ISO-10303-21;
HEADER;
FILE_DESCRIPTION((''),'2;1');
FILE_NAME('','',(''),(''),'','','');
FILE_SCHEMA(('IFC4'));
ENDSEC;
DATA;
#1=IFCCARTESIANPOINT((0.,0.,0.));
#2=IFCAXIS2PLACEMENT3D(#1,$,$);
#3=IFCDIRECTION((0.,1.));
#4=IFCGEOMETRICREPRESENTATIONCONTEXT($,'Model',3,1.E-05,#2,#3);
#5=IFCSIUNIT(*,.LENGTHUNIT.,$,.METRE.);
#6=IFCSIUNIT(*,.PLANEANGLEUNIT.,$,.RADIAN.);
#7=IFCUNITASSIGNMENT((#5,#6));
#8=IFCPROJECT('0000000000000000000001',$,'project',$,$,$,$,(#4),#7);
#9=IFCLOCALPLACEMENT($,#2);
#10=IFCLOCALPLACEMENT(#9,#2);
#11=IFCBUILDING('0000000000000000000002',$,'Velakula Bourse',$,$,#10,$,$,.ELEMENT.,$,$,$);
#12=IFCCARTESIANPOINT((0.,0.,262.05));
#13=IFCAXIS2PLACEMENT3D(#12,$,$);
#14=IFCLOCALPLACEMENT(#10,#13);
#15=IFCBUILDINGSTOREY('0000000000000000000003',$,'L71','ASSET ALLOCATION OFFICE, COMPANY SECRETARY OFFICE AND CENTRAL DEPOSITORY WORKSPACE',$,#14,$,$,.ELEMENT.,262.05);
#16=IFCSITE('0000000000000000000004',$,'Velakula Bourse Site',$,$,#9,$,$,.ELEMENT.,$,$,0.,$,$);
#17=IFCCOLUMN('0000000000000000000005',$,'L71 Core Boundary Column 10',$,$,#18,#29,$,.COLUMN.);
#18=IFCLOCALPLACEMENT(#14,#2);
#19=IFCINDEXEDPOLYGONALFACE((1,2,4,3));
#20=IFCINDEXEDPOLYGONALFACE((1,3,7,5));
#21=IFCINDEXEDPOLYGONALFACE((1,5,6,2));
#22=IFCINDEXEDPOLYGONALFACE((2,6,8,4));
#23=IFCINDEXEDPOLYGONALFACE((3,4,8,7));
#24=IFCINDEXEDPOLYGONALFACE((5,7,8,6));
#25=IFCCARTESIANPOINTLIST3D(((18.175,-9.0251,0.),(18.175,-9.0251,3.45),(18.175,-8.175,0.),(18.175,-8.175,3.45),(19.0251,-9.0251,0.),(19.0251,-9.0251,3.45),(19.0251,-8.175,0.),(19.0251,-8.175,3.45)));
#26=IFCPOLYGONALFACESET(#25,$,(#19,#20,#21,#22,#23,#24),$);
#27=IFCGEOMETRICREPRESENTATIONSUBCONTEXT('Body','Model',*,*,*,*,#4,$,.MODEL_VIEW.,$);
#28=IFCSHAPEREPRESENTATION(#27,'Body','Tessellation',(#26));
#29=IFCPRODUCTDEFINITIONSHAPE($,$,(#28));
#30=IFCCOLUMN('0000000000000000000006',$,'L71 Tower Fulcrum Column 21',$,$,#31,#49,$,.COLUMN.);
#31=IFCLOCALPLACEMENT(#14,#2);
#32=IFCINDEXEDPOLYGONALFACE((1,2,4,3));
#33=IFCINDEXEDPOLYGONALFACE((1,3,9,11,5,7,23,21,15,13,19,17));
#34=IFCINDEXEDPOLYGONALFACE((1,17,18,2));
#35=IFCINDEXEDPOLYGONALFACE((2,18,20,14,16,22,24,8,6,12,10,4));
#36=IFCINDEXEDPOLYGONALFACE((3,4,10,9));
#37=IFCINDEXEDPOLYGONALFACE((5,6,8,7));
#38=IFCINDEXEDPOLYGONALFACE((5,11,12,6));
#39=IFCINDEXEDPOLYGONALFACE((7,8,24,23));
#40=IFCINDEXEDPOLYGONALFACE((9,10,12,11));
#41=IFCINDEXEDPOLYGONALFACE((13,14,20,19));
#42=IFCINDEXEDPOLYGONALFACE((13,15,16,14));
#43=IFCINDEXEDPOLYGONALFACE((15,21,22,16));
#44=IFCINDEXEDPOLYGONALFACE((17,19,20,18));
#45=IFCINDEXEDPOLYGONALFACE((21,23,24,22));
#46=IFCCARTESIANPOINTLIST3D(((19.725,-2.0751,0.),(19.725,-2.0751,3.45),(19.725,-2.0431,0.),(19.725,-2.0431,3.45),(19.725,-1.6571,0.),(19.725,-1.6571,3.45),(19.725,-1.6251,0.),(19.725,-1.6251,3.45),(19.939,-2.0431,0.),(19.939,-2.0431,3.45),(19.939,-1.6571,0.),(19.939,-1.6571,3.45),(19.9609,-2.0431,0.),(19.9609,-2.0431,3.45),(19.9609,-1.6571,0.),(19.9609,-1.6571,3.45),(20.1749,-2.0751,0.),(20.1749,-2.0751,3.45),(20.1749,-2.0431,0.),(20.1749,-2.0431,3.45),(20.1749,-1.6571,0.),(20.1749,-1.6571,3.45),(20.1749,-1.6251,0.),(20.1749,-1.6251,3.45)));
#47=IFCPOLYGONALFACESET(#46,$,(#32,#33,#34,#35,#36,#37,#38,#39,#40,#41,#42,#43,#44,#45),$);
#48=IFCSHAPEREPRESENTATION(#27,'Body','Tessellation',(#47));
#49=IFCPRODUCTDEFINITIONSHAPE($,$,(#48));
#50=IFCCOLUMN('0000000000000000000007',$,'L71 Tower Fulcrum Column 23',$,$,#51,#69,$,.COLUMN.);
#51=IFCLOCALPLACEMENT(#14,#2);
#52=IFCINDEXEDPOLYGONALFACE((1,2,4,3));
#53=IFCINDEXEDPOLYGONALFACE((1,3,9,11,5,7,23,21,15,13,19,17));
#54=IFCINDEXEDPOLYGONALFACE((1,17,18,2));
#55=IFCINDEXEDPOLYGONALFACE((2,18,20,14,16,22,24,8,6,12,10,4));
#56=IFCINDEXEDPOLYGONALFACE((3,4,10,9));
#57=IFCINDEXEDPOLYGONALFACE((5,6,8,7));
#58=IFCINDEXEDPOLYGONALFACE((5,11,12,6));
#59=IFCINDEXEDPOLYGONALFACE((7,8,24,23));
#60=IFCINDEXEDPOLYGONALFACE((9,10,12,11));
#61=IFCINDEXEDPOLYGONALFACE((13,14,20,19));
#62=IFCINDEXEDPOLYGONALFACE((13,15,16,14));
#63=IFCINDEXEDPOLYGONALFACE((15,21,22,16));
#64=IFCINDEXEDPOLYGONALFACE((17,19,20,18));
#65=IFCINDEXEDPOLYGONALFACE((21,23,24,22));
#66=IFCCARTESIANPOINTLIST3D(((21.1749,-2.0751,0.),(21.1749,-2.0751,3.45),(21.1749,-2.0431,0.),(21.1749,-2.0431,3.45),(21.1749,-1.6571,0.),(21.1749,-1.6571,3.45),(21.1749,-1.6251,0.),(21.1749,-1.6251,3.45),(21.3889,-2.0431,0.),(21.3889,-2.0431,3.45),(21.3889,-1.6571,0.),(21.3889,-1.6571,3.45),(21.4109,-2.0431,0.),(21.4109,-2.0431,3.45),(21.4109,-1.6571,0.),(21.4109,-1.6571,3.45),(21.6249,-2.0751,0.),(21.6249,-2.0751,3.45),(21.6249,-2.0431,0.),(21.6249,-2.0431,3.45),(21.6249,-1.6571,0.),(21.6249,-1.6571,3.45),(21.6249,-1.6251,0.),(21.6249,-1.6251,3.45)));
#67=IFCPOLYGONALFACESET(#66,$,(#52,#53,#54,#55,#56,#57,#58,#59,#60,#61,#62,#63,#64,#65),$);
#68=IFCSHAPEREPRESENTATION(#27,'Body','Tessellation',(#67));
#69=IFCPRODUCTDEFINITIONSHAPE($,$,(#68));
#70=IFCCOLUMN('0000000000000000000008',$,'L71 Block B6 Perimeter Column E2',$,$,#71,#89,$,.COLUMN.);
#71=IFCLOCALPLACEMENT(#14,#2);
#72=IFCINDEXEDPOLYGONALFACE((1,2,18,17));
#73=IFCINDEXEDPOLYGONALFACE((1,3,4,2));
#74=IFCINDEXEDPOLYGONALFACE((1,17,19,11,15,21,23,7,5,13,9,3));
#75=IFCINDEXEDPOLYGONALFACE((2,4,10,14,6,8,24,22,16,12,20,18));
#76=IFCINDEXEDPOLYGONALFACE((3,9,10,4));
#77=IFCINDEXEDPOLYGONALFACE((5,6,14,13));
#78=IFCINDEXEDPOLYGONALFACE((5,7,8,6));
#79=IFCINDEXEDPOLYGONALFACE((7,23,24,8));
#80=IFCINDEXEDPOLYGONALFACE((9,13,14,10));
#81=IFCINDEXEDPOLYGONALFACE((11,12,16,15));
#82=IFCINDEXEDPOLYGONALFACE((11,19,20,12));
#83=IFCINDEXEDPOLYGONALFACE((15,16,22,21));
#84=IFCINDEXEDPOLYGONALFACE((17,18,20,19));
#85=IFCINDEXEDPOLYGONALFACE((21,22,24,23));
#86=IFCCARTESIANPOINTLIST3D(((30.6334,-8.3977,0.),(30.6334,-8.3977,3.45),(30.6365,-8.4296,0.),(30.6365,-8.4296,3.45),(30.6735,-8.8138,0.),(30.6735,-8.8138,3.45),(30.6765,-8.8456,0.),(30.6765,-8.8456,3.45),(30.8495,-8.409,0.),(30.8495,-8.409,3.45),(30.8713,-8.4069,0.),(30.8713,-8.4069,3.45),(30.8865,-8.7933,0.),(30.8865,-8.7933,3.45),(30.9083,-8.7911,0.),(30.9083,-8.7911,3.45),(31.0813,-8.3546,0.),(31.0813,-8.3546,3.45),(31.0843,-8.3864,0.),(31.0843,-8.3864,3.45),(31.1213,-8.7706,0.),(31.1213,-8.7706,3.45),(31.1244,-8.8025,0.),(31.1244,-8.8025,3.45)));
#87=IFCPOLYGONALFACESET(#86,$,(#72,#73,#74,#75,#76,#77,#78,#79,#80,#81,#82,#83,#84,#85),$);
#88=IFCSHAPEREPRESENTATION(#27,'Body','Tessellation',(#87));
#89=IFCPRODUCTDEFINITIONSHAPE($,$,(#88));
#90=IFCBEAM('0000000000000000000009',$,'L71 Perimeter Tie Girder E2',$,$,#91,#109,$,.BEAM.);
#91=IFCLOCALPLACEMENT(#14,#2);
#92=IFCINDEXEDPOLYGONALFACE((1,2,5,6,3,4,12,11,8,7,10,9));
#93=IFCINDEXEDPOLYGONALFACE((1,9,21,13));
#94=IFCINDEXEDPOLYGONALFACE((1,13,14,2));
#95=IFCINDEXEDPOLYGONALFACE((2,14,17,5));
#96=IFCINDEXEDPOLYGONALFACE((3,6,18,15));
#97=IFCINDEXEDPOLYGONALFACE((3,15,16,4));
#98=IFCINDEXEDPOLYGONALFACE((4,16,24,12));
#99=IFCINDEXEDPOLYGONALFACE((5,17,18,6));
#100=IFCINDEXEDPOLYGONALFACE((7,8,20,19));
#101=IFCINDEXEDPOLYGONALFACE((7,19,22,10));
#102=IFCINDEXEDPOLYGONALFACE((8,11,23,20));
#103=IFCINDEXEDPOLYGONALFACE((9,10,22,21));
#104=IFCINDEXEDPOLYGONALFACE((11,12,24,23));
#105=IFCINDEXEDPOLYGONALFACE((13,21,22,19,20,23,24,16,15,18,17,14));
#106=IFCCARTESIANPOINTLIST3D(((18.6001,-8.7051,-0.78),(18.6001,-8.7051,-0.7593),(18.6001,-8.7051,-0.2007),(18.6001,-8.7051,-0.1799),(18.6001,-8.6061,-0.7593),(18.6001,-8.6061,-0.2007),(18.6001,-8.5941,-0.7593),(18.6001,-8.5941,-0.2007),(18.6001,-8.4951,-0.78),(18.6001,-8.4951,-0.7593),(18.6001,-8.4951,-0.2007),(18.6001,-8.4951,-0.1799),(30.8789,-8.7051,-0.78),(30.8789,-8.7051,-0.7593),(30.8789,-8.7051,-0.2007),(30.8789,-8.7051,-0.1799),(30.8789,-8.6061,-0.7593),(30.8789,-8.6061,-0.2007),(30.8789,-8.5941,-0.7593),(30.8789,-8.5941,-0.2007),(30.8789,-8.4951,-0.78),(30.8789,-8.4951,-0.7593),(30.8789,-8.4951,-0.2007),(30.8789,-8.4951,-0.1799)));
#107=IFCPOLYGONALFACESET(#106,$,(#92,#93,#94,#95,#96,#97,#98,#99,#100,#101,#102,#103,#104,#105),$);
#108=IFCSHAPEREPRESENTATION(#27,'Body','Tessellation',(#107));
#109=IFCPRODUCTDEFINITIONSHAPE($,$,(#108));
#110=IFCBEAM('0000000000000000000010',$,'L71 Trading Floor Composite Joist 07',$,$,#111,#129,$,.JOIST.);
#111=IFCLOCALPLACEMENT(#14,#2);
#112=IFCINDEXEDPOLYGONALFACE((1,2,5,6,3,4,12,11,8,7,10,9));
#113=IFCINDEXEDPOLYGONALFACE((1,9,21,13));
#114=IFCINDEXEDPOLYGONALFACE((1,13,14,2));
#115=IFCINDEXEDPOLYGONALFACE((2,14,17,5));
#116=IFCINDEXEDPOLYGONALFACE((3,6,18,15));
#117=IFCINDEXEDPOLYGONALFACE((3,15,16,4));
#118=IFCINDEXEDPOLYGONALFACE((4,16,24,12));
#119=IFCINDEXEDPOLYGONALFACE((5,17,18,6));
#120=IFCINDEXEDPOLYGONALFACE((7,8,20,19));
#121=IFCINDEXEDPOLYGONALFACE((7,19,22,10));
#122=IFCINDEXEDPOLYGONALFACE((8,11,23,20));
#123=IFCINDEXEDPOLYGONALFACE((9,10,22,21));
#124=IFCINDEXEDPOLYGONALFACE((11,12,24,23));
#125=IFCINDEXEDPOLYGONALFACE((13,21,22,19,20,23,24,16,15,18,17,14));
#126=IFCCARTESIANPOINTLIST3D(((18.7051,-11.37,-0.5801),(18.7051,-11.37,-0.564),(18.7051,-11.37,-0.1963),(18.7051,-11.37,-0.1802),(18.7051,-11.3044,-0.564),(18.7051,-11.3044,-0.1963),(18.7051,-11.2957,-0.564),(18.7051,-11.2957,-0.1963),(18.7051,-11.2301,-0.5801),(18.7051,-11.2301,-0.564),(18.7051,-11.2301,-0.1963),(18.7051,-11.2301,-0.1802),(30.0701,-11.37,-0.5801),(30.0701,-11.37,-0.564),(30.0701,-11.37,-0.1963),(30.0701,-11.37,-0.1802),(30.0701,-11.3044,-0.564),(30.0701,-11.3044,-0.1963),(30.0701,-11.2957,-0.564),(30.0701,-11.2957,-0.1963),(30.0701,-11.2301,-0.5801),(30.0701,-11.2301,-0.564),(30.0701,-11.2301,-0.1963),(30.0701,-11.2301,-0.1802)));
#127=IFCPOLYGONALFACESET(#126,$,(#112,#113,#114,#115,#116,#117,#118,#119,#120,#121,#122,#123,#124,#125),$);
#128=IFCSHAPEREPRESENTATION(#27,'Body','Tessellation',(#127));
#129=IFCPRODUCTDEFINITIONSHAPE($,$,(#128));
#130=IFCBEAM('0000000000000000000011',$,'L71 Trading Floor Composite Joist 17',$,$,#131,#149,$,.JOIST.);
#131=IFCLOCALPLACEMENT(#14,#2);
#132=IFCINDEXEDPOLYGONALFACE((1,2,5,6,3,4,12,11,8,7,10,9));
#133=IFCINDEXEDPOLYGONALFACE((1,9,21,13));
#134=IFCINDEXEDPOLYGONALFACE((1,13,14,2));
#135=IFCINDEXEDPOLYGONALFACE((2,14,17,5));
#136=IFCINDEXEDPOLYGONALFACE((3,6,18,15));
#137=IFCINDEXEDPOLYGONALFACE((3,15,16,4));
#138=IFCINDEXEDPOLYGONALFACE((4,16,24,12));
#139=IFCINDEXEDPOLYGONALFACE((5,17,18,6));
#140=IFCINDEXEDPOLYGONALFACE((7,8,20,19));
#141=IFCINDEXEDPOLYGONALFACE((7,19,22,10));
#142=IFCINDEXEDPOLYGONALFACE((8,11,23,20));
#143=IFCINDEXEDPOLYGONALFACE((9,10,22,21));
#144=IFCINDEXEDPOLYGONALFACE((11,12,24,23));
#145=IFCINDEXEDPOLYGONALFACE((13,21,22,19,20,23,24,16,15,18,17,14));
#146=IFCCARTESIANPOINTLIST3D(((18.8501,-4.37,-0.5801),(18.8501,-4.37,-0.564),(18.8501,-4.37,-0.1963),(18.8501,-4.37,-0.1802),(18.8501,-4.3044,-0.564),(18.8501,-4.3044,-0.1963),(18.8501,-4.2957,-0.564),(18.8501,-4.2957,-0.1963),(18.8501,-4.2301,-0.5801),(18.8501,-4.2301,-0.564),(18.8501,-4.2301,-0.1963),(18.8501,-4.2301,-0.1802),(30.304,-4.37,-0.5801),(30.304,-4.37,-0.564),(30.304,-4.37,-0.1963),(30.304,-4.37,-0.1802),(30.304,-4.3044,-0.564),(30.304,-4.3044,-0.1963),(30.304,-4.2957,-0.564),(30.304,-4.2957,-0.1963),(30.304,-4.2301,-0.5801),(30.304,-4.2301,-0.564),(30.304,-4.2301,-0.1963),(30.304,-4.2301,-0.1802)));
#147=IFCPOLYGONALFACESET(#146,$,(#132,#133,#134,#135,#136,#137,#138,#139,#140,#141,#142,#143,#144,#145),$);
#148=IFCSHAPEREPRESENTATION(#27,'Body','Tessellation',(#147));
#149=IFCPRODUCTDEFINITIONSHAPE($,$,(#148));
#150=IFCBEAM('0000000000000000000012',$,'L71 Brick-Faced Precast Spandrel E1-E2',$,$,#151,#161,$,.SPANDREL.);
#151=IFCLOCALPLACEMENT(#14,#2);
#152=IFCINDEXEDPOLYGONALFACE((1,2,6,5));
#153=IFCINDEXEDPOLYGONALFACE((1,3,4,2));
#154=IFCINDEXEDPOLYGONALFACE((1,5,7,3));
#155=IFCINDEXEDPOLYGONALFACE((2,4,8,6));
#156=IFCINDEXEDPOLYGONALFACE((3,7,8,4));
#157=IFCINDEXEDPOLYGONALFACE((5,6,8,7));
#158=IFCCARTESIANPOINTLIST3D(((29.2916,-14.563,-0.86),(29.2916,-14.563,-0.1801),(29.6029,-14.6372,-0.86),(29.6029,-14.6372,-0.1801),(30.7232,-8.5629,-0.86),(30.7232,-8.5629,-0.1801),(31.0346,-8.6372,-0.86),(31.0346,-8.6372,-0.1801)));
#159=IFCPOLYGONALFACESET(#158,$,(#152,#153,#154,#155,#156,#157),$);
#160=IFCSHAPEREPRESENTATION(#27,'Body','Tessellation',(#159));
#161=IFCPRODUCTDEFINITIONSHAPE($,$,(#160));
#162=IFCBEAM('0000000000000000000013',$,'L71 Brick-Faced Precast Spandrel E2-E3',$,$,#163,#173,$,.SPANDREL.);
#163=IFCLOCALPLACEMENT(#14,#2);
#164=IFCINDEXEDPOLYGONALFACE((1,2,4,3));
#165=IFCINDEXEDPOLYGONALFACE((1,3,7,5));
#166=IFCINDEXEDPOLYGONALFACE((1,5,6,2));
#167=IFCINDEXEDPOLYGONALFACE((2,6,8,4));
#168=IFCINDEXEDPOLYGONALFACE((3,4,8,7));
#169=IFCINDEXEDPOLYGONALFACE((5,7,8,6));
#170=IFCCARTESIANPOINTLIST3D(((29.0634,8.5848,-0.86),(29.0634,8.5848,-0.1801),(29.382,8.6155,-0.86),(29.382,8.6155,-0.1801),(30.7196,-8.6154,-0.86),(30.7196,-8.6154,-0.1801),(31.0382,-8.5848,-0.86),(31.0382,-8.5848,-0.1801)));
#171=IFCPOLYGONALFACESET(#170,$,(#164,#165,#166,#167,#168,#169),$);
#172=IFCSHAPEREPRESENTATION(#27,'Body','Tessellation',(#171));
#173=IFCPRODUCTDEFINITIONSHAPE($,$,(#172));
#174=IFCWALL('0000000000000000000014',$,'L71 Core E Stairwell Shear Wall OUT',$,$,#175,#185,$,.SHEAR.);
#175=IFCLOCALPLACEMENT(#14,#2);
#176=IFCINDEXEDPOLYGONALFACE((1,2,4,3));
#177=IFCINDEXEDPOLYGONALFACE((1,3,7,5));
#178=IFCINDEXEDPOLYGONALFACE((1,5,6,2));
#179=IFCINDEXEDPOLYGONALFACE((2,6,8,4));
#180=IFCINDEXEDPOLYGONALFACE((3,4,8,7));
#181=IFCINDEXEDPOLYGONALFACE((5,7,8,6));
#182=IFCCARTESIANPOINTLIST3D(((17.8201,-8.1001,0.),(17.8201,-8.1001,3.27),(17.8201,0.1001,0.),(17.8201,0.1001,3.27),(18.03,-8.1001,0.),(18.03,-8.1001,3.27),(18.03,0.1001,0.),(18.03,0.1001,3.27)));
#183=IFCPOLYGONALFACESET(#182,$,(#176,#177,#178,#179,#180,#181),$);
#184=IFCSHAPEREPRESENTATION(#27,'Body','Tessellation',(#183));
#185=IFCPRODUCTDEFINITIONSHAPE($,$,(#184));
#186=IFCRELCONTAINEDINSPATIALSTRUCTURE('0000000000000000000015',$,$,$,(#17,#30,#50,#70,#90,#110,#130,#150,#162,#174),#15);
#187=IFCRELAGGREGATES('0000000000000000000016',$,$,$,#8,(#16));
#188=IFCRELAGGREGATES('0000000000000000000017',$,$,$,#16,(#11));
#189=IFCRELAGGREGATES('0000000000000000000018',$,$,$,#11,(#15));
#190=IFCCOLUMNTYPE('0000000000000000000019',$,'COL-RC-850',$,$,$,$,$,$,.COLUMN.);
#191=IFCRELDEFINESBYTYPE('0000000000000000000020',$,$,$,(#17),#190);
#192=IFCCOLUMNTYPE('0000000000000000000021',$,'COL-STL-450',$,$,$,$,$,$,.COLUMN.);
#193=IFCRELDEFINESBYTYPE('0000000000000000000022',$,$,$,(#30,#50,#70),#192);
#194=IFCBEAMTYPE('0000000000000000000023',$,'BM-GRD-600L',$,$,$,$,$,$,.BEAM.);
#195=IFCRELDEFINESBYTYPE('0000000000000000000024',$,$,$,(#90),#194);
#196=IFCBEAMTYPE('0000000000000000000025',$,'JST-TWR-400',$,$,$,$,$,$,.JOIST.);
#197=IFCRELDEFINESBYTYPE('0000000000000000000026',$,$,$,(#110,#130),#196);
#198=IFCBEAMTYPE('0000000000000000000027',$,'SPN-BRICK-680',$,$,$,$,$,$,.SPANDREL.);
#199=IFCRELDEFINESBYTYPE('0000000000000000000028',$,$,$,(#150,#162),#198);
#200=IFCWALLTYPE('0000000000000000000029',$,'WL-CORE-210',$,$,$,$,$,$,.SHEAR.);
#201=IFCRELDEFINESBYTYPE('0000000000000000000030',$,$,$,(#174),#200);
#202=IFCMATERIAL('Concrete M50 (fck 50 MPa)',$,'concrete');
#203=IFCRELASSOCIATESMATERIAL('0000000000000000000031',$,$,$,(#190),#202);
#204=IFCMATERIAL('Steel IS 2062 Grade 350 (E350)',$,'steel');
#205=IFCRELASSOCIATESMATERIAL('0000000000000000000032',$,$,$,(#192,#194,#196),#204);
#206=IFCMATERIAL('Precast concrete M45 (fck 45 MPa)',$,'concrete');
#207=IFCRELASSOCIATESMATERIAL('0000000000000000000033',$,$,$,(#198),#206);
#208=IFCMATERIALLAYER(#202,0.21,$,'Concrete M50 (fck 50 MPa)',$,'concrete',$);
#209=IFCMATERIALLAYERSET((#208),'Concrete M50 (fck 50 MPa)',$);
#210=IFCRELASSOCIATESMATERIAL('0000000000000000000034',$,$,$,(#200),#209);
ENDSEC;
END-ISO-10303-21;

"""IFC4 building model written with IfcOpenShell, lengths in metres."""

from ifc_helpers import new_model, si_unit, direction, frame, frame_2d, origin, origin_2d, place, context, subcontext, project, spatial, rectangle, i_section, extrude, material, layer, layer_set, material_profile, profile_set, type_object, element, save


model = new_model("IFC4")

# Units and contexts
model_context = context("Model", 3, precision=1e-05, world=origin(), true_north=direction((0.0, 1.0)))
body_context = subcontext(model_context, "Body", "Model", "MODEL_VIEW")
ifc_project = project(units=[si_unit("LENGTHUNIT", "METRE"), si_unit("PLANEANGLEUNIT", "RADIAN")], contexts=[model_context])

# Site, building, storey
site_placement = place(None, origin())
site = spatial("IfcSite", under=ifc_project, at=site_placement, Name="Velakula Bourse Site", CompositionType="ELEMENT", RefElevation=0.0)
building_placement = place(site_placement, origin())
building = spatial("IfcBuilding", under=site, at=building_placement, Name="Velakula Bourse", CompositionType="ELEMENT")
storey_placement = place(building_placement, frame((0.0, 0.0, 262.05)))
storey = spatial("IfcBuildingStorey", under=building, at=storey_placement, Name="L71", Description="ASSET ALLOCATION OFFICE, COMPANY SECRETARY OFFICE AND CENTRAL DEPOSITORY WORKSPACE", CompositionType="ELEMENT", Elevation=262.05)

# Columns
ifc_material_1 = material(Name="Concrete M50 (fck 50 MPa)", Category="concrete")
ifc_material_profile_1 = material_profile(ifc_material_1, rectangle(XDim=0.8501, YDim=0.8501, at=origin_2d()), Name="Concrete M50 (fck 50 MPa)")
ifc_profile_set_1 = profile_set([ifc_material_profile_1], Name="Concrete M50 (fck 50 MPa)")
column_type_1 = type_object("IfcColumnType", Name="COL-RC-850", PredefinedType="COLUMN", material=ifc_profile_set_1)
column_placement = place(storey_placement, frame((18.6001, -8.6001, 0.0), z_axis=(0.0, 0.0, 1.0), x_axis=(1.0, 0.0, 0.0)))
element("IfcColumn", 1, at=column_placement, inside=storey, type_object=column_type_1, Name="L71 Core Boundary Column 10", PredefinedType="COLUMN", context=body_context, shape_type="SweptSolid", body=[
    extrude(rectangle(XDim=0.8501, YDim=0.8501, at=origin_2d()), origin(), (0.0, 0.0, 1.0), 3.45),
])
ifc_material_2 = material(Name="Steel IS 2062 Grade 350 (E350)", Category="steel")
ifc_material_profile_2 = material_profile(ifc_material_2, i_section(OverallWidth=0.45, OverallDepth=0.45, WebThickness=0.022, FlangeThickness=0.032, at=origin_2d()), Name="Steel IS 2062 Grade 350 (E350)")
ifc_profile_set_2 = profile_set([ifc_material_profile_2], Name="Steel IS 2062 Grade 350 (E350)")
column_type_2 = type_object("IfcColumnType", Name="COL-STL-450", PredefinedType="COLUMN", material=ifc_profile_set_2)
for number, where, z_axis, x_axis, name in (
    (2, (19.95, -1.8501, 0.0), (0.0, 0.0, 1.0), (1.0, 0.0, 0.0), "L71 Tower Fulcrum Column 21"),
    (3, (21.3999, -1.8501, 0.0), (0.0, 0.0, 1.0), (1.0, 0.0, 0.0), "L71 Tower Fulcrum Column 23"),
    (4, (30.8789, -8.6001, 0.0), (0.0, 0.0, 1.0), (0.995396, 0.095846, 0.0), "L71 Block B6 Perimeter Column E2"),
):
    element("IfcColumn", number, at=place(storey_placement, frame(where, z_axis=z_axis, x_axis=x_axis)), inside=storey, type_object=column_type_2, Name=name, PredefinedType="COLUMN", context=body_context, shape_type="SweptSolid", body=[
        extrude(i_section(OverallWidth=0.45, OverallDepth=0.45, WebThickness=0.022, FlangeThickness=0.032, at=origin_2d()), origin(), (0.0, 0.0, 1.0), 3.45),
    ])

# Beams
ifc_material_profile_3 = material_profile(ifc_material_2, i_section(OverallWidth=0.21, OverallDepth=0.6001, WebThickness=0.012, FlangeThickness=0.0208, at=origin_2d()), Name="Steel IS 2062 Grade 350 (E350)")
ifc_profile_set_3 = profile_set([ifc_material_profile_3], Name="Steel IS 2062 Grade 350 (E350)")
beam_type_1 = type_object("IfcBeamType", Name="BM-GRD-600L", PredefinedType="BEAM", material=ifc_profile_set_3)
beam_1_placement = place(storey_placement, frame((18.6001, -8.6001, -0.48), z_axis=(1.0, 0.0, 0.0), x_axis=(0.0, 1.0, 0.0)))
element("IfcBeam", 5, at=beam_1_placement, inside=storey, type_object=beam_type_1, Name="L71 Perimeter Tie Girder E2", PredefinedType="BEAM", context=body_context, shape_type="SweptSolid", body=[
    extrude(i_section(OverallWidth=0.21, OverallDepth=0.6001, WebThickness=0.012, FlangeThickness=0.0208, at=origin_2d()), origin(), (0.0, 0.0, 1.0), 12.2788),
])
ifc_material_profile_4 = material_profile(ifc_material_2, i_section(OverallWidth=0.1399, OverallDepth=0.3999, WebThickness=0.0088, FlangeThickness=0.0161, at=origin_2d()), Name="Steel IS 2062 Grade 350 (E350)")
ifc_profile_set_4 = profile_set([ifc_material_profile_4], Name="Steel IS 2062 Grade 350 (E350)")
beam_type_2 = type_object("IfcBeamType", Name="JST-TWR-400", PredefinedType="JOIST", material=ifc_profile_set_4)
beam_2_placement = place(storey_placement, frame((18.7051, -11.3, -0.3801), z_axis=(1.0, 0.0, 0.0), x_axis=(0.0, 1.0, 0.0)))
element("IfcBeam", 6, at=beam_2_placement, inside=storey, type_object=beam_type_2, Name="L71 Trading Floor Composite Joist 07", PredefinedType="JOIST", context=body_context, shape_type="SweptSolid", body=[
    extrude(i_section(OverallWidth=0.1399, OverallDepth=0.3999, WebThickness=0.0088, FlangeThickness=0.0161, at=origin_2d()), origin(), (0.0, 0.0, 1.0), 11.365),
])
beam_3_placement = place(storey_placement, frame((18.8501, -4.3, -0.3801), z_axis=(1.0, 0.0, 0.0), x_axis=(0.0, 1.0, 0.0)))
element("IfcBeam", 7, at=beam_3_placement, inside=storey, type_object=beam_type_2, Name="L71 Trading Floor Composite Joist 17", PredefinedType="JOIST", context=body_context, shape_type="SweptSolid", body=[
    extrude(i_section(OverallWidth=0.1399, OverallDepth=0.3999, WebThickness=0.0088, FlangeThickness=0.0161, at=origin_2d()), origin(), (0.0, 0.0, 1.0), 11.4539),
])
ifc_material_3 = material(Name="Precast concrete M45 (fck 45 MPa)", Category="concrete")
ifc_material_profile_5 = material_profile(ifc_material_3, rectangle(XDim=0.3201, YDim=0.6799, at=origin_2d()), Name="Precast concrete M45 (fck 45 MPa)")
ifc_profile_set_5 = profile_set([ifc_material_profile_5], Name="Precast concrete M45 (fck 45 MPa)")
beam_type_3 = type_object("IfcBeamType", Name="SPN-BRICK-680", PredefinedType="SPANDREL", material=ifc_profile_set_5)
beam_4_placement = place(storey_placement, frame((29.4473, -14.6001, -0.52), z_axis=(0.232091, 0.972694, 0.0), x_axis=(-0.972694, 0.232091, 0.0)))
element("IfcBeam", 8, at=beam_4_placement, inside=storey, type_object=beam_type_3, Name="L71 Brick-Faced Precast Spandrel E1-E2", PredefinedType="SPANDREL", context=body_context, shape_type="SweptSolid", body=[
    extrude(rectangle(XDim=0.3201, YDim=0.6799, at=origin_2d()), origin(), (0.0, 0.0, 1.0), 6.1685),
])
beam_5_placement = place(storey_placement, frame((30.8789, -8.6001, -0.52), z_axis=(-0.095849, 0.995396, 0.0), x_axis=(-0.995396, -0.095849, 0.0)))
element("IfcBeam", 9, at=beam_5_placement, inside=storey, type_object=beam_type_3, Name="L71 Brick-Faced Precast Spandrel E2-E3", PredefinedType="SPANDREL", context=body_context, shape_type="SweptSolid", body=[
    extrude(rectangle(XDim=0.3201, YDim=0.6799, at=origin_2d()), origin(), (0.0, 0.0, 1.0), 17.2798),
])

# Wall
ifc_layer_1 = layer(ifc_material_1, 0.21, Name="Concrete M50 (fck 50 MPa)", Category="concrete")
ifc_layer_set_1 = layer_set([ifc_layer_1], Name="Concrete M50 (fck 50 MPa)")
wall_type_1 = type_object("IfcWallType", Name="WL-CORE-210", PredefinedType="SHEAR", material=ifc_layer_set_1)
wall_1_placement = place(storey_placement, frame((17.925, -8.1001, 0.0), z_axis=(0.0, 0.0, 1.0), x_axis=(0.0, 1.0, 0.0)))
element("IfcWall", 10, at=wall_1_placement, inside=storey, type_object=wall_type_1, Name="L71 Core E Stairwell Shear Wall OUT", PredefinedType="SHEAR", context=body_context, shape_type="SweptSolid", body=[
    extrude(rectangle(XDim=8.2002, YDim=0.21, at=frame_2d((4.1001, 0.0))), origin(), (0.0, 0.0, 1.0), 3.27),
])

save(model, "model.ifc")
